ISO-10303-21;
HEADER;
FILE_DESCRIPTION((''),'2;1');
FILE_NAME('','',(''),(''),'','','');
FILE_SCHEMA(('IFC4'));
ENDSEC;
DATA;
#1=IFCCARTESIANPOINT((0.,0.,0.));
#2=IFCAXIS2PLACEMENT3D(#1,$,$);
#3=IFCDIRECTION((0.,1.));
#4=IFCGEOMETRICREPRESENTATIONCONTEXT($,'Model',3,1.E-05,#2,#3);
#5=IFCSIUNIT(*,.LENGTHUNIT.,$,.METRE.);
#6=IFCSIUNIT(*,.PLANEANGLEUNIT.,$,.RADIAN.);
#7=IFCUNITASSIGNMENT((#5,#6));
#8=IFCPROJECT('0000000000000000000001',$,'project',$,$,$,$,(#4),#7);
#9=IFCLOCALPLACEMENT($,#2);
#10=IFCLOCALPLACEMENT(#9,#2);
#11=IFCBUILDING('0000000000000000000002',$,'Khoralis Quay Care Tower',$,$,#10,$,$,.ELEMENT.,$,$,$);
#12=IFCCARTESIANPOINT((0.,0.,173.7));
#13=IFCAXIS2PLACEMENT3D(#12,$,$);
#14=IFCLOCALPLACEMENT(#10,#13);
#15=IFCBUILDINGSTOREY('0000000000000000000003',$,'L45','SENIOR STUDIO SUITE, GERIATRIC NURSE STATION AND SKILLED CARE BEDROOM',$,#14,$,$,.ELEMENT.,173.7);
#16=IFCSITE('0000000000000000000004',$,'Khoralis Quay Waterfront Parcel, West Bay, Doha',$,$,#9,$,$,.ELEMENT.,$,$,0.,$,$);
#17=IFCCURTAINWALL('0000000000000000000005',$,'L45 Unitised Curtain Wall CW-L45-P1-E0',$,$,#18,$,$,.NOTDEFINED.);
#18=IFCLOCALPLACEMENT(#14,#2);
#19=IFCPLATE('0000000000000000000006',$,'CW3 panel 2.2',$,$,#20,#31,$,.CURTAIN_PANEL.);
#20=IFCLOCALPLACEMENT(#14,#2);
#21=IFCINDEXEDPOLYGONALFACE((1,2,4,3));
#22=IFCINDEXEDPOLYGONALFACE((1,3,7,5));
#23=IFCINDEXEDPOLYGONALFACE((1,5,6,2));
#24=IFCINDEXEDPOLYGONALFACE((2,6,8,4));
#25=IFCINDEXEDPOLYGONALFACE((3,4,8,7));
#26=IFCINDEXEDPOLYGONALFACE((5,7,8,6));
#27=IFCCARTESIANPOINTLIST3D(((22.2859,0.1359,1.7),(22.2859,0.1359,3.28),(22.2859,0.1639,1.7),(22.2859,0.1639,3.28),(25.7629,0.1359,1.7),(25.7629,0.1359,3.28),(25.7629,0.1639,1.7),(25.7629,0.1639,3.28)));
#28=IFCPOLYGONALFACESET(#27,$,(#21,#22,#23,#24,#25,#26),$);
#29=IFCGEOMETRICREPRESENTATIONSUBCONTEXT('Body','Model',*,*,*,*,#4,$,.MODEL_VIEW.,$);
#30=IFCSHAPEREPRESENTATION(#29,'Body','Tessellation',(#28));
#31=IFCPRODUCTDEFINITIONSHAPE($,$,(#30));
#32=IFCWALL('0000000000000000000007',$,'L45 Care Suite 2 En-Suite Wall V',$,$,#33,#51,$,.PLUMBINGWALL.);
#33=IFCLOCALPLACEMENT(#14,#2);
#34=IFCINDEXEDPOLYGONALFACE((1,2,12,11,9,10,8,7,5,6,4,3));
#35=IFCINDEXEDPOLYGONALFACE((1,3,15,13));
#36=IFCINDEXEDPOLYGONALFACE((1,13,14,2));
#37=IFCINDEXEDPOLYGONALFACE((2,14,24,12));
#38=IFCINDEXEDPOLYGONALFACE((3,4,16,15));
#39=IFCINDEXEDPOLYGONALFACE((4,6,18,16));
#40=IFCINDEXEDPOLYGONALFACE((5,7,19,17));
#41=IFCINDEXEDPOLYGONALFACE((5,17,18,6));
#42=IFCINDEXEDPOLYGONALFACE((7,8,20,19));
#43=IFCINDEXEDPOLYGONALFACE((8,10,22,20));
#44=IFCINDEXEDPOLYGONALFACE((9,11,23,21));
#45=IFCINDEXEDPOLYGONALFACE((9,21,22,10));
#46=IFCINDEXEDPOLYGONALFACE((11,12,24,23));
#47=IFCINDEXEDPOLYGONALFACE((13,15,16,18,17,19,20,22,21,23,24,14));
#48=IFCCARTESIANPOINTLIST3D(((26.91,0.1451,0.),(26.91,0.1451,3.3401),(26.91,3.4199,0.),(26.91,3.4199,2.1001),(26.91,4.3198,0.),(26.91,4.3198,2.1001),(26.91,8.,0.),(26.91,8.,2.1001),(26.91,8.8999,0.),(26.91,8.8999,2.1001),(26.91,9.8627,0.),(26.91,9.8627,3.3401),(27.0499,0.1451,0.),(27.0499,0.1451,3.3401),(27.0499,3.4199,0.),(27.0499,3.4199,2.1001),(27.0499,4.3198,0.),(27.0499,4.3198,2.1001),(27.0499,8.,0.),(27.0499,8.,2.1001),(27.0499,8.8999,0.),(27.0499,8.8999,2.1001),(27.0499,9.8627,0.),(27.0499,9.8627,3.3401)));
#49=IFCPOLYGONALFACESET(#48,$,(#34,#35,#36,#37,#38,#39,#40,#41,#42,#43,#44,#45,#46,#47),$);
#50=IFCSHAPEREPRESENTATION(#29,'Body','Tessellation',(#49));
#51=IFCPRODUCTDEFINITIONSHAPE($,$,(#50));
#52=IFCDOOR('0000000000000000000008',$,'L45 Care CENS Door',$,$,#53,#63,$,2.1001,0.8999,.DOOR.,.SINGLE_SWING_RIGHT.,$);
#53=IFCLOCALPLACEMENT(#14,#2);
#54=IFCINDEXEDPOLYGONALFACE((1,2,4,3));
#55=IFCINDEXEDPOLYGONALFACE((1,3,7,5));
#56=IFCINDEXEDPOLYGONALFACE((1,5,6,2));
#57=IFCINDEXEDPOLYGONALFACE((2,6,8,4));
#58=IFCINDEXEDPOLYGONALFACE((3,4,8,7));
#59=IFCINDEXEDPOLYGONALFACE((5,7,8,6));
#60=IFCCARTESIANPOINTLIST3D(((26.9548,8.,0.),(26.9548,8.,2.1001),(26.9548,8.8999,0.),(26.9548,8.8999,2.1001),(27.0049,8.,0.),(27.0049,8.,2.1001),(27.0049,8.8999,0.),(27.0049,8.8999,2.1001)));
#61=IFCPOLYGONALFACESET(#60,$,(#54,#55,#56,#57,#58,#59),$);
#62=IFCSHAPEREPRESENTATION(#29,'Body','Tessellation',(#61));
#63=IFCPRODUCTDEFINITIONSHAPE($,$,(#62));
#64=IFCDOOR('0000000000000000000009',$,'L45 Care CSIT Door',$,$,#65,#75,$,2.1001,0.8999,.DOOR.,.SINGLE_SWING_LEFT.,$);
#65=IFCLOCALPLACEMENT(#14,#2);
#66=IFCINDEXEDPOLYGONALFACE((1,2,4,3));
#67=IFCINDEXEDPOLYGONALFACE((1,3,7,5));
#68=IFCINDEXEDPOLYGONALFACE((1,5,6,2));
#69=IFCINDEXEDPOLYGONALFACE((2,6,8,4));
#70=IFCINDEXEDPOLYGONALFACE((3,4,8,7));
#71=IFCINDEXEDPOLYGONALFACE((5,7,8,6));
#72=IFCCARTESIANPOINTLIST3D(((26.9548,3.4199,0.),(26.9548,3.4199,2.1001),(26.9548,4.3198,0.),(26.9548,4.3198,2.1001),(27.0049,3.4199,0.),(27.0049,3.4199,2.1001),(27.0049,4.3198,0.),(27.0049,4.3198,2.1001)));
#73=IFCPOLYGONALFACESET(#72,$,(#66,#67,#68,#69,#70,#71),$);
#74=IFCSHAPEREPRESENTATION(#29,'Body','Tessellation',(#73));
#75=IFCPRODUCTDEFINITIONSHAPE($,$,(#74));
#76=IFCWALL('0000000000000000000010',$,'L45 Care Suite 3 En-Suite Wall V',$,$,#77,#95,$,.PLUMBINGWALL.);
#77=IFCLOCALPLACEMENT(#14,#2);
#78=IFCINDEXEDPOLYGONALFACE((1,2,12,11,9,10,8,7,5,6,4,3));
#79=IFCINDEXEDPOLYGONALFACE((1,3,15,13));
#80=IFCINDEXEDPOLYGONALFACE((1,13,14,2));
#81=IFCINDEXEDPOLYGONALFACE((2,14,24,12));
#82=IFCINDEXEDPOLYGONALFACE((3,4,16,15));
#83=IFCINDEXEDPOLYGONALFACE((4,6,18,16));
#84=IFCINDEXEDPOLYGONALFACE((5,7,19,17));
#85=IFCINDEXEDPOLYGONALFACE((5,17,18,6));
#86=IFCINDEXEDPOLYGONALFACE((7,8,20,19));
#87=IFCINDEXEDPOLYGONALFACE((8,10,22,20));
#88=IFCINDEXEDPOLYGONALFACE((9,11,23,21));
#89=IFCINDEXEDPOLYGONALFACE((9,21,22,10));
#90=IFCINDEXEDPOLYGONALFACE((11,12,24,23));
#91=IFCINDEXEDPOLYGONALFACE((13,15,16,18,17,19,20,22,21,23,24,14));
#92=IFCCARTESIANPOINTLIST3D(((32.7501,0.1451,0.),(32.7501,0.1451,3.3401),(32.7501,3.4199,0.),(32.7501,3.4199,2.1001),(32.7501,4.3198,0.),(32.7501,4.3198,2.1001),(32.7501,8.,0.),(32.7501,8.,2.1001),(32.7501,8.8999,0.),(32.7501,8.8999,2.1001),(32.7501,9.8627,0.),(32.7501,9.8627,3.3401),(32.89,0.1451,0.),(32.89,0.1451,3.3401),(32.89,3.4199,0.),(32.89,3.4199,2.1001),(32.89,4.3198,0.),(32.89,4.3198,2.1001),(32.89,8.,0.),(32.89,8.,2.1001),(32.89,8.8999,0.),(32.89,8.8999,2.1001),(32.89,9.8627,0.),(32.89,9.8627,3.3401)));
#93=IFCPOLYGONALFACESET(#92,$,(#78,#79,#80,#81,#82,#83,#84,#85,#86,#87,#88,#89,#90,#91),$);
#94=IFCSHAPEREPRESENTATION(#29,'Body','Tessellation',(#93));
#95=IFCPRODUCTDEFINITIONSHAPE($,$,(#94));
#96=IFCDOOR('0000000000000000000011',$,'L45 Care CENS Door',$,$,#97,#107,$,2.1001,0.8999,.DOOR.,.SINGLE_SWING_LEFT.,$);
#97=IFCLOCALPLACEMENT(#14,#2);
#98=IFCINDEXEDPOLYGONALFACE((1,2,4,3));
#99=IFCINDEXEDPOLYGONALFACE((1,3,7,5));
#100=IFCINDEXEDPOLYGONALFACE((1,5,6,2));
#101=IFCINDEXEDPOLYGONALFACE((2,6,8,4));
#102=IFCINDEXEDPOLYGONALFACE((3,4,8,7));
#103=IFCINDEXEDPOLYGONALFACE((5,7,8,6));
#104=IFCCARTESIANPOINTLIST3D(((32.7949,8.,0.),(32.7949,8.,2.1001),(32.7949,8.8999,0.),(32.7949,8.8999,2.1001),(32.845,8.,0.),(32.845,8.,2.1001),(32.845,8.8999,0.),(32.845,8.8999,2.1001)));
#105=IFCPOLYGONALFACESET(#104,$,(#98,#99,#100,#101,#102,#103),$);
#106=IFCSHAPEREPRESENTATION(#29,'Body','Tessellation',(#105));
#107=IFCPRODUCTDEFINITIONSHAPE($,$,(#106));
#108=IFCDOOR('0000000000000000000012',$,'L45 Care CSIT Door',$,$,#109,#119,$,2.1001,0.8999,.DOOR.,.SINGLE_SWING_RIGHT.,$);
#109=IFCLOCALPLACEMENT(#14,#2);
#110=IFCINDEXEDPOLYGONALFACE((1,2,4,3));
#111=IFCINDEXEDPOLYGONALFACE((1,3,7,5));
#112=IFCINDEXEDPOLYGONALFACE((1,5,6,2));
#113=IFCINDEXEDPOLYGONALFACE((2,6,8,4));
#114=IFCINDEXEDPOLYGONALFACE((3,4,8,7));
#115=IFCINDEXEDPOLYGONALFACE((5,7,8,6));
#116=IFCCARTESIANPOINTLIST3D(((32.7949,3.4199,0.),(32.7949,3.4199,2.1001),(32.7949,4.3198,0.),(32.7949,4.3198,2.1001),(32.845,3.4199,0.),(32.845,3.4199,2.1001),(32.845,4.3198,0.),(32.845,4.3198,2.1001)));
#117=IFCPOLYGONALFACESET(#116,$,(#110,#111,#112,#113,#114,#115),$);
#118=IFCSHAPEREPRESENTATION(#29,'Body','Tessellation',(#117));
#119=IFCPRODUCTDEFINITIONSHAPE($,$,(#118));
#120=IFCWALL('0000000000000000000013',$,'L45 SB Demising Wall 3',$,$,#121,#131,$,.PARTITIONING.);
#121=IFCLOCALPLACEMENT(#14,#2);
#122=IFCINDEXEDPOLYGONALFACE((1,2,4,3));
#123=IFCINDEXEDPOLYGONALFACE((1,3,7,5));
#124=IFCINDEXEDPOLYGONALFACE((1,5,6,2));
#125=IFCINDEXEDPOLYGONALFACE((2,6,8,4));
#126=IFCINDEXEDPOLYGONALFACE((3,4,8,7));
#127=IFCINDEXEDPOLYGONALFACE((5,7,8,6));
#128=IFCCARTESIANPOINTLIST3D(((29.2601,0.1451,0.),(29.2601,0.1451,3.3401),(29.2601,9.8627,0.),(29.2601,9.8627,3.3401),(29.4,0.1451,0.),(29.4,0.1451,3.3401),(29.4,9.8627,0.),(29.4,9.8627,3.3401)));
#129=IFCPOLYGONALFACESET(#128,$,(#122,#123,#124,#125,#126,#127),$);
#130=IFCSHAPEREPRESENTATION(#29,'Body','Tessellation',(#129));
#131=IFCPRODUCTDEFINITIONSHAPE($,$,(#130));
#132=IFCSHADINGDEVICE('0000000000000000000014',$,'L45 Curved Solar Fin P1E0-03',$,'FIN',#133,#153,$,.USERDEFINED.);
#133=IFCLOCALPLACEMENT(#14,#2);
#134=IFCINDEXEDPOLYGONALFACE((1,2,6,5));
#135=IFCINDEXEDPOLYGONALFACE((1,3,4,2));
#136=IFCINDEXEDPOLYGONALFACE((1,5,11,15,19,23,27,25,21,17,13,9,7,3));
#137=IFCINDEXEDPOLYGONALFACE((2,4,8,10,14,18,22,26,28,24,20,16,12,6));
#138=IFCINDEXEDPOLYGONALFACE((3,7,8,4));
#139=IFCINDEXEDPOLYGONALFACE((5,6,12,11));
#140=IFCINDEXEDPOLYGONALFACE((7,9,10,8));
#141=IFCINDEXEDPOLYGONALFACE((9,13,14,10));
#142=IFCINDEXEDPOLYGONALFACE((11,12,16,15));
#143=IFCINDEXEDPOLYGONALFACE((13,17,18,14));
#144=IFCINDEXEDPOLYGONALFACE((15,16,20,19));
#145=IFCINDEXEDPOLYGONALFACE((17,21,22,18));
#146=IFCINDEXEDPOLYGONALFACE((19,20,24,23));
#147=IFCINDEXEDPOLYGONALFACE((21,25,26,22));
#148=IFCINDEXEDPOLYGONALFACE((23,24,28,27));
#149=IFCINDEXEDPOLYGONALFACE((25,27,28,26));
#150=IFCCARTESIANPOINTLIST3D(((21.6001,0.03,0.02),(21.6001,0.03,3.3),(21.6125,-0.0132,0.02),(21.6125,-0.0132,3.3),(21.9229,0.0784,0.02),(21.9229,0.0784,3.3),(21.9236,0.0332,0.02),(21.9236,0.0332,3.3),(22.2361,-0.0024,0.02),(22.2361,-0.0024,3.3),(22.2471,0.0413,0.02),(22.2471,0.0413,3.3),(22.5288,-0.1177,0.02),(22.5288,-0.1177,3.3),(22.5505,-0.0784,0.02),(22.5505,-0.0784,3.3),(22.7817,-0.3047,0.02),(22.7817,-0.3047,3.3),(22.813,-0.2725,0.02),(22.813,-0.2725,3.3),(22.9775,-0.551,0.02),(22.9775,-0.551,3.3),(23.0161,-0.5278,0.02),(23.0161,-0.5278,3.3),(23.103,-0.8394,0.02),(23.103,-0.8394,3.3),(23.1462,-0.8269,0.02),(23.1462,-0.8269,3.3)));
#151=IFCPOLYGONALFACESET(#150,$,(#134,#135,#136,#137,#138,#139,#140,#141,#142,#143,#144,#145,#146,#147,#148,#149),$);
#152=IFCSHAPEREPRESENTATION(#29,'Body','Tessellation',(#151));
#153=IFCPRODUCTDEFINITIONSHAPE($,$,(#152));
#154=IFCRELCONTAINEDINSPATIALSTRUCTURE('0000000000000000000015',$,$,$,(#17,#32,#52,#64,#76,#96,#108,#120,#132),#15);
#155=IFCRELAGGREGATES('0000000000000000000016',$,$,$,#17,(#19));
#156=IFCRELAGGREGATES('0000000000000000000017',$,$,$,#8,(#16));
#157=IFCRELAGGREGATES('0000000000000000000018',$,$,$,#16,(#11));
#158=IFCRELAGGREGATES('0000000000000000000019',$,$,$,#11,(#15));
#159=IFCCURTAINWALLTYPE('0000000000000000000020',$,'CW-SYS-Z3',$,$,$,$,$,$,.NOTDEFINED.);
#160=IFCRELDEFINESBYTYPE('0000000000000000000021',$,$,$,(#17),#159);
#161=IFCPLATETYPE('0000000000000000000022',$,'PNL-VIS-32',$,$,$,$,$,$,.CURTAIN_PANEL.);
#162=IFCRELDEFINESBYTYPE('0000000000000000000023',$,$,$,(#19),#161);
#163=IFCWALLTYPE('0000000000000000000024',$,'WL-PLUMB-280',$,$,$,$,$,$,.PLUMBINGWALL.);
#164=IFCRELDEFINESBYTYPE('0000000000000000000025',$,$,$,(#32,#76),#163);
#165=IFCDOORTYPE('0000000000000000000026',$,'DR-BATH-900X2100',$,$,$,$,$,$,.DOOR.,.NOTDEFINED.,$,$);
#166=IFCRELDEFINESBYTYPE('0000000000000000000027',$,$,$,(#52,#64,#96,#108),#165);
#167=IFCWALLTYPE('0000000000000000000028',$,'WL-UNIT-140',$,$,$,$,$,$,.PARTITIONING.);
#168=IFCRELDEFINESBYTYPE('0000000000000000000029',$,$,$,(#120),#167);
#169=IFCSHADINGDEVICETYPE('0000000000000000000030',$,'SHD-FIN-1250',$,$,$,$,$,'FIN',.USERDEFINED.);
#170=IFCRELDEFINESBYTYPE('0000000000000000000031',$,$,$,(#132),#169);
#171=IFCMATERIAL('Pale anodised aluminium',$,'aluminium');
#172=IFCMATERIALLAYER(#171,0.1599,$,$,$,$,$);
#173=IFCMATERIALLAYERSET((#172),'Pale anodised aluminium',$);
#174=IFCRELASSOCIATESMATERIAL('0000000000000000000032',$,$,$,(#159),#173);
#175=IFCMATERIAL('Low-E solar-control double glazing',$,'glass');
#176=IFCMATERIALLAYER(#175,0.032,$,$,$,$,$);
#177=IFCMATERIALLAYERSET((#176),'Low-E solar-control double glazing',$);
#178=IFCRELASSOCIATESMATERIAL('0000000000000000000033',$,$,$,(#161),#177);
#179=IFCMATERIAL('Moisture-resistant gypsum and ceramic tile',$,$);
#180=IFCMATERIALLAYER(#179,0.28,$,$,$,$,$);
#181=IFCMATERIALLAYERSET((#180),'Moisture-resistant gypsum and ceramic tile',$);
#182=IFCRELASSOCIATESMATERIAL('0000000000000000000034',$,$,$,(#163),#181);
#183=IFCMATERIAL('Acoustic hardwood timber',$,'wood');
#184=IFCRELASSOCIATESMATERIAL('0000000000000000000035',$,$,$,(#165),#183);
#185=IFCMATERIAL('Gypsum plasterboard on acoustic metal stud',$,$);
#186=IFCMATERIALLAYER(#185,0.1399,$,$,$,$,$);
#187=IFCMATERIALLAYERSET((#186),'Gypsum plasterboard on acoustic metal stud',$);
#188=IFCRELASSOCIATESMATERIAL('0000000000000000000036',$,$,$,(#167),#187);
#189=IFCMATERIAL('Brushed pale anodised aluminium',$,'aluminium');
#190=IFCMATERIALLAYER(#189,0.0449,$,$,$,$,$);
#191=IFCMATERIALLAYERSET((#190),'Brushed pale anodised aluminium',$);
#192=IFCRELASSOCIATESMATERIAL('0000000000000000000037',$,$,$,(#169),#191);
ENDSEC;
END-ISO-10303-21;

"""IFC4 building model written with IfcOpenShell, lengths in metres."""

from ifc_helpers import new_model, si_unit, direction, frame, frame_2d, origin, origin_2d, place, context, subcontext, project, spatial, polyline, rectangle, outline, extrude, source, transform, mapped, material, layer, layer_set, type_object, element, fill, aggregate, save


model = new_model("IFC4")

# Units and contexts
model_context = context("Model", 3, precision=1e-05, world=origin(), true_north=direction((0.0, 1.0)))
body_context = subcontext(model_context, "Body", "Model", "MODEL_VIEW")
ifc_project = project(units=[si_unit("LENGTHUNIT", "METRE"), si_unit("PLANEANGLEUNIT", "RADIAN")], contexts=[model_context])

# Site, building, storey
site_placement = place(None, origin())
site = spatial("IfcSite", under=ifc_project, at=site_placement, Name="Khoralis Quay Waterfront Parcel, West Bay, Doha", CompositionType="ELEMENT", RefElevation=0.0)
building_placement = place(site_placement, origin())
building = spatial("IfcBuilding", under=site, at=building_placement, Name="Khoralis Quay Care Tower", CompositionType="ELEMENT")
storey_placement = place(building_placement, frame((0.0, 0.0, 173.7)))
storey = spatial("IfcBuildingStorey", under=building, at=storey_placement, Name="L45", Description="SENIOR STUDIO SUITE, GERIATRIC NURSE STATION AND SKILLED CARE BEDROOM", CompositionType="ELEMENT", Elevation=173.7)

# Curtain wall, plate
ifc_material_1 = material(Name="Pale anodised aluminium", Category="aluminium")
ifc_layer_1 = layer(ifc_material_1, 0.1599)
ifc_layer_set_1 = layer_set([ifc_layer_1], Name="Pale anodised aluminium")
curtain_wall_type = type_object("IfcCurtainWallType", Name="CW-SYS-Z3", PredefinedType="NOTDEFINED", material=ifc_layer_set_1)
curtain_wall_placement = place(storey_placement, origin())
curtain_wall = element("IfcCurtainWall", 1, at=curtain_wall_placement, inside=storey, type_object=curtain_wall_type, Name="L45 Unitised Curtain Wall CW-L45-P1-E0", PredefinedType="NOTDEFINED")
ifc_material_2 = material(Name="Low-E solar-control double glazing", Category="glass")
ifc_layer_2 = layer(ifc_material_2, 0.032)
ifc_layer_set_2 = layer_set([ifc_layer_2], Name="Low-E solar-control double glazing")
plate_type = type_object("IfcPlateType", Name="PNL-VIS-32", PredefinedType="CURTAIN_PANEL", material=ifc_layer_set_2)
shared_shape_1 = source(origin(), body_context, "Body", "SweptSolid", [
    extrude(rectangle(XDim=3.4771, YDim=0.0281, at=origin_2d()), origin(), (0.0, 0.0, 1.0), 1.5801),
])
plate_1_placement = place(storey_placement, frame((24.0244, 0.1499, 1.7), z_axis=(0.0, 0.0, 1.0), x_axis=(1.0, 0.0, 0.0)))
plate_1 = element("IfcPlate", 2, at=plate_1_placement, type_object=plate_type, Name="CW3 panel 2.2", PredefinedType="CURTAIN_PANEL", context=body_context, shape_type="MappedRepresentation", body=[
    mapped(shared_shape_1, transform((0.0, 0.0, 0.0), scale=1.0)),
])
aggregate(curtain_wall, [plate_1])

# Walls, openings, doors
ifc_material_3 = material(Name="Moisture-resistant gypsum and ceramic tile")
ifc_layer_3 = layer(ifc_material_3, 0.28)
ifc_layer_set_3 = layer_set([ifc_layer_3], Name="Moisture-resistant gypsum and ceramic tile")
wall_type_1 = type_object("IfcWallType", Name="WL-PLUMB-280", PredefinedType="PLUMBINGWALL", material=ifc_layer_set_3)
wall_1_placement = place(storey_placement, frame((26.98, 0.145, 0.0), z_axis=(0.0, 0.0, 1.0), x_axis=(0.0, 1.0, 0.0)))
wall_1 = element("IfcWall", 3, at=wall_1_placement, inside=storey, type_object=wall_type_1, Name="L45 Care Suite 2 En-Suite Wall V", PredefinedType="PLUMBINGWALL", context=body_context, shape_type="SweptSolid", body=[
    extrude(rectangle(XDim=9.7175, YDim=0.1399, at=frame_2d((4.8589, 0.0))), origin(), (0.0, 0.0, 1.0), 3.3401),
])
opening_1_placement = place(wall_1_placement, frame((7.855, 0.0, 0.0)))
opening_1 = element("IfcOpeningElement", 4, at=opening_1_placement, cuts=wall_1, PredefinedType="OPENING", context=body_context, shape_type="SweptSolid", body=[
    extrude(rectangle(XDim=0.8999, YDim=2.1001, at=frame_2d((0.45, 1.05))), frame((0.0, 0.0801, 0.0), z_axis=(0.0, -1.0, 0.0), x_axis=(1.0, 0.0, 0.0)), (0.0, 0.0, 1.0), 0.1599),
])
opening_2_placement = place(wall_1_placement, frame((3.2749, 0.0, 0.0)))
opening_2 = element("IfcOpeningElement", 5, at=opening_2_placement, cuts=wall_1, PredefinedType="OPENING", context=body_context, shape_type="SweptSolid", body=[
    extrude(rectangle(XDim=0.8999, YDim=2.1001, at=frame_2d((0.45, 1.05))), frame((0.0, 0.0801, 0.0), z_axis=(0.0, -1.0, 0.0), x_axis=(1.0, 0.0, 0.0)), (0.0, 0.0, 1.0), 0.1599),
])
ifc_material_4 = material(Name="Acoustic hardwood timber", Category="wood")
door_type = type_object("IfcDoorType", Name="DR-BATH-900X2100", OperationType="NOTDEFINED", PredefinedType="DOOR", material=ifc_material_4)
shared_shape_2 = source(origin(), body_context, "Body", "SweptSolid", [
    extrude(rectangle(XDim=0.8999, YDim=2.1001, at=frame_2d((0.45, 1.05))), frame((0.0, 0.0249, 0.0), z_axis=(0.0, -1.0, 0.0), x_axis=(1.0, 0.0, 0.0)), (0.0, 0.0, 1.0), 0.05),
])
door_1_placement = place(opening_1_placement, frame((0.8999, 0.0, 0.0), z_axis=(0.0, 0.0, 1.0), x_axis=(-1.0, 0.0, 0.0)))
door_1 = element("IfcDoor", 6, at=door_1_placement, inside=storey, type_object=door_type, Name="L45 Care CENS Door", OperationType="SINGLE_SWING_RIGHT", OverallHeight=2.1001, OverallWidth=0.8999, PredefinedType="DOOR", context=body_context, shape_type="MappedRepresentation", body=[
    mapped(shared_shape_2, transform((0.0, 0.0, 0.0), scale=1.0)),
])
fill(opening_1, door_1)
door_2_placement = place(opening_2_placement, frame((0.8999, 0.0, 0.0), z_axis=(0.0, 0.0, 1.0), x_axis=(-1.0, 0.0, 0.0)))
door_2 = element("IfcDoor", 7, at=door_2_placement, inside=storey, type_object=door_type, Name="L45 Care CSIT Door", OperationType="SINGLE_SWING_LEFT", OverallHeight=2.1001, OverallWidth=0.8999, PredefinedType="DOOR", context=body_context, shape_type="MappedRepresentation", body=[
    mapped(shared_shape_2, transform((0.0, 0.0, 0.0), scale=1.0)),
])
fill(opening_2, door_2)
wall_2_placement = place(storey_placement, frame((32.8201, 0.145, 0.0), z_axis=(0.0, 0.0, 1.0), x_axis=(0.0, 1.0, 0.0)))
wall_2 = element("IfcWall", 8, at=wall_2_placement, inside=storey, type_object=wall_type_1, Name="L45 Care Suite 3 En-Suite Wall V", PredefinedType="PLUMBINGWALL", context=body_context, shape_type="SweptSolid", body=[
    extrude(rectangle(XDim=9.7175, YDim=0.1399, at=frame_2d((4.8589, 0.0))), origin(), (0.0, 0.0, 1.0), 3.3401),
])
opening_3_placement = place(wall_2_placement, frame((7.855, 0.0, 0.0)))
opening_3 = element("IfcOpeningElement", 9, at=opening_3_placement, cuts=wall_2, PredefinedType="OPENING", context=body_context, shape_type="SweptSolid", body=[
    extrude(rectangle(XDim=0.8999, YDim=2.1001, at=frame_2d((0.45, 1.05))), frame((0.0, 0.0801, 0.0), z_axis=(0.0, -1.0, 0.0), x_axis=(1.0, 0.0, 0.0)), (0.0, 0.0, 1.0), 0.1599),
])
opening_4_placement = place(wall_2_placement, frame((3.2749, 0.0, 0.0)))
opening_4 = element("IfcOpeningElement", 10, at=opening_4_placement, cuts=wall_2, PredefinedType="OPENING", context=body_context, shape_type="SweptSolid", body=[
    extrude(rectangle(XDim=0.8999, YDim=2.1001, at=frame_2d((0.45, 1.05))), frame((0.0, 0.0801, 0.0), z_axis=(0.0, -1.0, 0.0), x_axis=(1.0, 0.0, 0.0)), (0.0, 0.0, 1.0), 0.1599),
])
door_3_placement = place(opening_3_placement, frame((0.8999, 0.0, 0.0), z_axis=(0.0, 0.0, 1.0), x_axis=(-1.0, 0.0, 0.0)))
door_3 = element("IfcDoor", 11, at=door_3_placement, inside=storey, type_object=door_type, Name="L45 Care CENS Door", OperationType="SINGLE_SWING_LEFT", OverallHeight=2.1001, OverallWidth=0.8999, PredefinedType="DOOR", context=body_context, shape_type="MappedRepresentation", body=[
    mapped(shared_shape_2, transform((0.0, 0.0, 0.0), scale=1.0)),
])
fill(opening_3, door_3)
door_4_placement = place(opening_4_placement, frame((0.8999, 0.0, 0.0), z_axis=(0.0, 0.0, 1.0), x_axis=(-1.0, 0.0, 0.0)))
door_4 = element("IfcDoor", 12, at=door_4_placement, inside=storey, type_object=door_type, Name="L45 Care CSIT Door", OperationType="SINGLE_SWING_RIGHT", OverallHeight=2.1001, OverallWidth=0.8999, PredefinedType="DOOR", context=body_context, shape_type="MappedRepresentation", body=[
    mapped(shared_shape_2, transform((0.0, 0.0, 0.0), scale=1.0)),
])
fill(opening_4, door_4)

# Wall
ifc_material_5 = material(Name="Gypsum plasterboard on acoustic metal stud")
ifc_layer_4 = layer(ifc_material_5, 0.1399)
ifc_layer_set_4 = layer_set([ifc_layer_4], Name="Gypsum plasterboard on acoustic metal stud")
wall_type_2 = type_object("IfcWallType", Name="WL-UNIT-140", PredefinedType="PARTITIONING", material=ifc_layer_set_4)
wall_3_placement = place(storey_placement, frame((29.3301, 0.145, 0.0), z_axis=(0.0, 0.0, 1.0), x_axis=(0.0, 1.0, 0.0)))
element("IfcWall", 13, at=wall_3_placement, inside=storey, type_object=wall_type_2, Name="L45 SB Demising Wall 3", PredefinedType="PARTITIONING", context=body_context, shape_type="SweptSolid", body=[
    extrude(rectangle(XDim=9.7175, YDim=0.1399, at=frame_2d((4.8589, 0.0))), origin(), (0.0, 0.0, 1.0), 3.3401),
])

# Shading device
ifc_material_6 = material(Name="Brushed pale anodised aluminium", Category="aluminium")
ifc_layer_5 = layer(ifc_material_6, 0.0449)
ifc_layer_set_5 = layer_set([ifc_layer_5], Name="Brushed pale anodised aluminium")
shading_device_type = type_object("IfcShadingDeviceType", Name="SHD-FIN-1250", ElementType="FIN", PredefinedType="USERDEFINED", material=ifc_layer_set_5)
shared_shape_3 = source(origin(), body_context, "Body", "SweptSolid", [
    extrude(outline(polyline([(0.0, 0.0), (-0.0483, 0.3228), (-0.0112, 0.647), (0.1084, 0.9504), (0.3025, 1.2129), (0.5579, 1.416), (0.8569, 1.5461), (0.8694, 1.5029), (0.5811, 1.3774), (0.3347, 1.1816), (0.1477, 0.9287), (0.0325, 0.636), (-0.0032, 0.3235), (0.0432, 0.0125), (0.0, 0.0)])), origin(), (0.0, 0.0, 1.0), 3.28),
])
for number, where, z_axis, x_axis, name in (
    (14, (21.6001, 0.03, 0.02), (0.0, 0.0, 1.0), (0.0, -1.0, 0.0), "L45 Curved Solar Fin P1E0-03"),
):
    element("IfcShadingDevice", number, at=place(storey_placement, frame(where, z_axis=z_axis, x_axis=x_axis)), inside=storey, type_object=shading_device_type, Name=name, ObjectType="FIN", PredefinedType="USERDEFINED", context=body_context, shape_type="MappedRepresentation", body=[
        mapped(shared_shape_3, transform((0.0, 0.0, 0.0), scale=1.0)),
    ])

save(model, "model.ifc")
